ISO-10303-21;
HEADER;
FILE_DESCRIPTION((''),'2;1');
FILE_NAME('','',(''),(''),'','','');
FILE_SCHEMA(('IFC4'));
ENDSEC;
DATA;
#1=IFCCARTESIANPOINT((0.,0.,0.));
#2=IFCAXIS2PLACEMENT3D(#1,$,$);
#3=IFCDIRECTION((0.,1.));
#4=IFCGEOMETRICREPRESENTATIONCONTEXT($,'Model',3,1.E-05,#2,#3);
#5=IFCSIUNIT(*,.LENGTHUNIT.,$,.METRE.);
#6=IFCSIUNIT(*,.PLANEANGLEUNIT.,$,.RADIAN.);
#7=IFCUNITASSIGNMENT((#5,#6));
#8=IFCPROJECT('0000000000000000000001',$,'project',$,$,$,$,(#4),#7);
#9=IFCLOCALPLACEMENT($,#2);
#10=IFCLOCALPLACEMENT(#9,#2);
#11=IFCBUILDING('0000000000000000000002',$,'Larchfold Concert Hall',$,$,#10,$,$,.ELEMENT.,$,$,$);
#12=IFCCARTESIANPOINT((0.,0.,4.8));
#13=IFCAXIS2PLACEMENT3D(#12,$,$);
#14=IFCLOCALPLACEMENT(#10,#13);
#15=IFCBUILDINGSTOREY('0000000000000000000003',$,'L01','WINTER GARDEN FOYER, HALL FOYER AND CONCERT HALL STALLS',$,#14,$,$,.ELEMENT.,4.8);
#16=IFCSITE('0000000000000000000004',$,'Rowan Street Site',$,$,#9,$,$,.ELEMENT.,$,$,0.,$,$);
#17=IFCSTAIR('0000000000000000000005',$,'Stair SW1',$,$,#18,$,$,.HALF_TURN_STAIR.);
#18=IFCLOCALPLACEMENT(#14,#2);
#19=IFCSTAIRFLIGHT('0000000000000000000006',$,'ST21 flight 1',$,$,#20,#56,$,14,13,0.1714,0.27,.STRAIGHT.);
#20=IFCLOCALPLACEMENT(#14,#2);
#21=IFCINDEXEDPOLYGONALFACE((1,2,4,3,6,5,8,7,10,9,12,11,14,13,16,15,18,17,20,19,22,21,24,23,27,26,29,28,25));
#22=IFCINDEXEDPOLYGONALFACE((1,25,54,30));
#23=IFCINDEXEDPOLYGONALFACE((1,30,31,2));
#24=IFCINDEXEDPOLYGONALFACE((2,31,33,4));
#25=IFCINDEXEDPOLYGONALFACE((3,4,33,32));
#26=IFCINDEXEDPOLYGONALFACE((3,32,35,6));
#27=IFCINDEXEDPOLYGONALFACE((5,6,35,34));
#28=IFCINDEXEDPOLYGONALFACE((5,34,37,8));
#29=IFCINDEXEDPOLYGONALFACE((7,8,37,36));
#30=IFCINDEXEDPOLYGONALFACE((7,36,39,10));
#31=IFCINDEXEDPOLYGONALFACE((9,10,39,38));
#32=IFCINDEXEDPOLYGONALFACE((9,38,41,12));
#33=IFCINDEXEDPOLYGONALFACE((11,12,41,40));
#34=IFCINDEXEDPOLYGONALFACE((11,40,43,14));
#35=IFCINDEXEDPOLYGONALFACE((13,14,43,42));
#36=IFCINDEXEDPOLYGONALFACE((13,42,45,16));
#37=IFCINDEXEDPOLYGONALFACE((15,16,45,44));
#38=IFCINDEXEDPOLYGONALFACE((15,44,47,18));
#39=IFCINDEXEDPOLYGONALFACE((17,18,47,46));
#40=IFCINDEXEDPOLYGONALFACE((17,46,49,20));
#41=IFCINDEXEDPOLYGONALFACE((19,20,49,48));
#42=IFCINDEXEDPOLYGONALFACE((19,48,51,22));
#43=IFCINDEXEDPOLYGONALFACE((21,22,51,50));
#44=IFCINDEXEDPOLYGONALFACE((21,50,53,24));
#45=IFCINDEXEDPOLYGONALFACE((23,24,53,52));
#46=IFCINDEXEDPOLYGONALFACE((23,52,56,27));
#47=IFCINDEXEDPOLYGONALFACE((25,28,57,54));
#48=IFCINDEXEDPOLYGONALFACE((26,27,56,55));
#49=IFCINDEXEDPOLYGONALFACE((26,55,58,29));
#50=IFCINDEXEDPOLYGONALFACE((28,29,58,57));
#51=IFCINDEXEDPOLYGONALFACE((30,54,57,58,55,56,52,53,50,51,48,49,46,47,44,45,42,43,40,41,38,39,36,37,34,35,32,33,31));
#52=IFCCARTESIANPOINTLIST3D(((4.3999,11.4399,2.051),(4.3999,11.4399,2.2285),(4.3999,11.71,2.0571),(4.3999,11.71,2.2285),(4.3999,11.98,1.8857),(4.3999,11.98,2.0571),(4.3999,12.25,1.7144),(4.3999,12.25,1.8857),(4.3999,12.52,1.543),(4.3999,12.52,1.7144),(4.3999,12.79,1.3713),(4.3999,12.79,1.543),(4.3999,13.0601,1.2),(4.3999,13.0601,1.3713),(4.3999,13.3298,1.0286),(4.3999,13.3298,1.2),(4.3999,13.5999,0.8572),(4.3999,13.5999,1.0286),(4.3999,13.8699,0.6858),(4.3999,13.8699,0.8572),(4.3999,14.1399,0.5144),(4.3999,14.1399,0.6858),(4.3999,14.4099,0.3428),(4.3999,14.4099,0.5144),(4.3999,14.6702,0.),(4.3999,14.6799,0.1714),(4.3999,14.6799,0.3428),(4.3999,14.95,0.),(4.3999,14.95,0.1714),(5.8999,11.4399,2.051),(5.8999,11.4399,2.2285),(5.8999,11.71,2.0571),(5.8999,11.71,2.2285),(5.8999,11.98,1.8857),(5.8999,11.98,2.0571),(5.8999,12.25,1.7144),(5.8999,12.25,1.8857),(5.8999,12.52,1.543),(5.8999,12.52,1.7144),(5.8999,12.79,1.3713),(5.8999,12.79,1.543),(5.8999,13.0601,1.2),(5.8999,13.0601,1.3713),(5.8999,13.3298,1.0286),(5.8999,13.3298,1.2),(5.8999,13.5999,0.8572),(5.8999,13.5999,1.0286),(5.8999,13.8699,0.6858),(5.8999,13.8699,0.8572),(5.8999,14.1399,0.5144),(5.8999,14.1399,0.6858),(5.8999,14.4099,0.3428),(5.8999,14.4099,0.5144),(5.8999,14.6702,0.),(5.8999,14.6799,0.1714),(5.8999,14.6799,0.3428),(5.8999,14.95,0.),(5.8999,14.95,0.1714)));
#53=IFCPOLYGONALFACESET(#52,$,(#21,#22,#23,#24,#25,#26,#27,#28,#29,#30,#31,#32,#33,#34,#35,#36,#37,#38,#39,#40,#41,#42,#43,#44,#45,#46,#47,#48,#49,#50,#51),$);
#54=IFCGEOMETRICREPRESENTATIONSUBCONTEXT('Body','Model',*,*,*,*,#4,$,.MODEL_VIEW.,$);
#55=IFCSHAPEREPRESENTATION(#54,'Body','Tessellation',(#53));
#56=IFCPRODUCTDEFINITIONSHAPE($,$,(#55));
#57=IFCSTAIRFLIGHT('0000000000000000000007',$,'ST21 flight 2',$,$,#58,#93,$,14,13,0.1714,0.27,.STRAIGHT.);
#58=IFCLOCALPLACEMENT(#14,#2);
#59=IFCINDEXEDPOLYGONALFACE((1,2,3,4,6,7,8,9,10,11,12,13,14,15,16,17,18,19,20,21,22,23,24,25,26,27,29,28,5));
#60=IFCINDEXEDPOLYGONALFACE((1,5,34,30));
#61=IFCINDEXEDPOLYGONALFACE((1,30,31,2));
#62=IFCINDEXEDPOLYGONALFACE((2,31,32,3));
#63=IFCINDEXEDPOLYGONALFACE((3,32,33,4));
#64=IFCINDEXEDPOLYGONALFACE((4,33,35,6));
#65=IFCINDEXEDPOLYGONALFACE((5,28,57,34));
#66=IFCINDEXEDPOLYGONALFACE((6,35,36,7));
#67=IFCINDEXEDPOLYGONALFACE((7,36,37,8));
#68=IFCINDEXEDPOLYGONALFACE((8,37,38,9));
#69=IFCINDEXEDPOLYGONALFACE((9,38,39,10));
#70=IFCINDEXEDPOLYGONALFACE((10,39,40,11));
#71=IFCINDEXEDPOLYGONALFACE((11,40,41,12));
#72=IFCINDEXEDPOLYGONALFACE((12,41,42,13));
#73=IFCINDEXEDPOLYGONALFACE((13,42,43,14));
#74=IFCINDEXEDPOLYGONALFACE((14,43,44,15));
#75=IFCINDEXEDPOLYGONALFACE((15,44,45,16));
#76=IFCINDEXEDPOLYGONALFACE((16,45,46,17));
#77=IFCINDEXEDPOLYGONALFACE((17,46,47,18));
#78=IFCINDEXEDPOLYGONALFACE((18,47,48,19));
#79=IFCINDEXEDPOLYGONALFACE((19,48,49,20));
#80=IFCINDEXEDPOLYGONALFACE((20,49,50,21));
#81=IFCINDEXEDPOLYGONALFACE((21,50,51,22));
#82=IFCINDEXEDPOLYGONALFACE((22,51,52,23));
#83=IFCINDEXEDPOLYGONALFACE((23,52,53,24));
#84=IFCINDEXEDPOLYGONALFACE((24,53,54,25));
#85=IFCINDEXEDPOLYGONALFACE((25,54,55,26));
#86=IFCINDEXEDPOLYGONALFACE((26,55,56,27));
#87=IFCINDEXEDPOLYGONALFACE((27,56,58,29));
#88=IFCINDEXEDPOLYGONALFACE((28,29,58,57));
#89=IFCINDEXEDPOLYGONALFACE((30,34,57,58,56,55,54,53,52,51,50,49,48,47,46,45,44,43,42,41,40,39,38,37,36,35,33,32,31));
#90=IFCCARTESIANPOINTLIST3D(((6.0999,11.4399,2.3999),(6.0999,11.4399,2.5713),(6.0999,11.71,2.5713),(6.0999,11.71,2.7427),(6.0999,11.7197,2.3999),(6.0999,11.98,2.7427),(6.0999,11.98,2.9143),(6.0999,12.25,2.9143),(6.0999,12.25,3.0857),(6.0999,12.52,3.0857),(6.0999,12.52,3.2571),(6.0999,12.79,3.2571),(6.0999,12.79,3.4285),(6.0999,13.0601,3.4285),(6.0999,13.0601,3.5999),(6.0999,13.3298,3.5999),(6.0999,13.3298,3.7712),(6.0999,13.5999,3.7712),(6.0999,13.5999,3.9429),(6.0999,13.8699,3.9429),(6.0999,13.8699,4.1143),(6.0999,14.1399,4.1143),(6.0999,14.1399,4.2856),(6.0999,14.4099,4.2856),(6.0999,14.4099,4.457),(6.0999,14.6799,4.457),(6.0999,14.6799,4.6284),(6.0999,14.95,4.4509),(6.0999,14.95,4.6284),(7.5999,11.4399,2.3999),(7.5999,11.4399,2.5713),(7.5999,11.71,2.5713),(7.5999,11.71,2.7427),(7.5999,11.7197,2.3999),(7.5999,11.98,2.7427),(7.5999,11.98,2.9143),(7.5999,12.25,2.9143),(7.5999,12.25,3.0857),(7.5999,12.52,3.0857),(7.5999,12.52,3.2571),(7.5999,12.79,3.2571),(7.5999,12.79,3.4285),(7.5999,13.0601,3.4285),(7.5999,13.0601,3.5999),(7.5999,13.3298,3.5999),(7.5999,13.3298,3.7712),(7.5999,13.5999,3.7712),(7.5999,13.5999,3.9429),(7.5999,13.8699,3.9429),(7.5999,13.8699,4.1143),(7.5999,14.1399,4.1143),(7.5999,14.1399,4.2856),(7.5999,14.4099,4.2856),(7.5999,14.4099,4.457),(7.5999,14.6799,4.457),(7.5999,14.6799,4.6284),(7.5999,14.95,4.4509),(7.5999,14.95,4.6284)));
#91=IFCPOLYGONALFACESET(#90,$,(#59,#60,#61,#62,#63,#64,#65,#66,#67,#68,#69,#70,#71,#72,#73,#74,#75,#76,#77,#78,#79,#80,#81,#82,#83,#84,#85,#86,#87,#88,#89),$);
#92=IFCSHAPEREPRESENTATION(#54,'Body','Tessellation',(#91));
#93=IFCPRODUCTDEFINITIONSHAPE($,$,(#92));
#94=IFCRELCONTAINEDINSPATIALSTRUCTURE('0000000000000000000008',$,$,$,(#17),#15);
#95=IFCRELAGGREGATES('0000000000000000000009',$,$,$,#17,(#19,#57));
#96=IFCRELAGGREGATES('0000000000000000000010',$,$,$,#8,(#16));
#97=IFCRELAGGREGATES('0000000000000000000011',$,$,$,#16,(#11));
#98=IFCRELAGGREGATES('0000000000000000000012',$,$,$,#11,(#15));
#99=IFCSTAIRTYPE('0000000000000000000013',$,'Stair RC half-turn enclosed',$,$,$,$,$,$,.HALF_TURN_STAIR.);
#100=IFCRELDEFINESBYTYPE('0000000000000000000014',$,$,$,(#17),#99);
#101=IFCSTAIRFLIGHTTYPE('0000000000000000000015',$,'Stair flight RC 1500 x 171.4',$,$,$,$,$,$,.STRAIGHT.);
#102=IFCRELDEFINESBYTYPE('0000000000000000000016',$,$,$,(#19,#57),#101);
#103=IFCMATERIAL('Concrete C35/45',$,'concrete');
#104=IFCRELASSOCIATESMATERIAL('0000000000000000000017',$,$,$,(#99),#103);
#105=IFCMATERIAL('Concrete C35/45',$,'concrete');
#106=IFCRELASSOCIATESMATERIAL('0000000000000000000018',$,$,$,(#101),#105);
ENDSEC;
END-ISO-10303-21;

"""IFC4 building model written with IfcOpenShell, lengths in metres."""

from ifc_helpers import new_model, si_unit, direction, frame, origin, place, context, subcontext, project, spatial, polyline, outline, extrude, material, type_object, element, aggregate, save


model = new_model("IFC4")

# Units and contexts
model_context = context("Model", 3, precision=1e-05, world=origin(), true_north=direction((0.0, 1.0)))
body_context = subcontext(model_context, "Body", "Model", "MODEL_VIEW")
ifc_project = project(units=[si_unit("LENGTHUNIT", "METRE"), si_unit("PLANEANGLEUNIT", "RADIAN")], contexts=[model_context])

# Site, building, storey
site_placement = place(None, origin())
site = spatial("IfcSite", under=ifc_project, at=site_placement, Name="Rowan Street Site", CompositionType="ELEMENT", RefElevation=0.0)
building_placement = place(site_placement, origin())
building = spatial("IfcBuilding", under=site, at=building_placement, Name="Larchfold Concert Hall", CompositionType="ELEMENT")
storey_placement = place(building_placement, frame((0.0, 0.0, 4.8)))
storey = spatial("IfcBuildingStorey", under=building, at=storey_placement, Name="L01", Description="WINTER GARDEN FOYER, HALL FOYER AND CONCERT HALL STALLS", CompositionType="ELEMENT", Elevation=4.8)

# Stair, stair flights
ifc_material_1 = material(Name="Concrete C35/45", Category="concrete")
stair_type = type_object("IfcStairType", Name="Stair RC half-turn enclosed", PredefinedType="HALF_TURN_STAIR", material=ifc_material_1)
stair_placement = place(storey_placement, origin())
stair = element("IfcStair", 1, at=stair_placement, inside=storey, type_object=stair_type, Name="Stair SW1", PredefinedType="HALF_TURN_STAIR")
ifc_material_2 = material(Name="Concrete C35/45", Category="concrete")
stair_flight_type = type_object("IfcStairFlightType", Name="Stair flight RC 1500 x 171.4", PredefinedType="STRAIGHT", material=ifc_material_2)
stair_flight_1_placement = place(storey_placement, frame((5.1499, 14.95, 0.0), z_axis=(0.0, 0.0, 1.0), x_axis=(0.0, -1.0, 0.0)))
stair_flight_1 = element("IfcStairFlight", 2, at=stair_flight_1_placement, type_object=stair_flight_type, Name="ST21 flight 1", NumberOfRisers=14, NumberOfTreads=13, PredefinedType="STRAIGHT", RiserHeight=0.1714, TreadLength=0.27, context=body_context, shape_type="SweptSolid", body=[
    extrude(outline(polyline([(0.0, 0.0), (0.0, 0.1714), (0.27, 0.1714), (0.27, 0.3428), (0.54, 0.3428), (0.54, 0.5144), (0.8101, 0.5144), (0.8101, 0.6858), (1.0801, 0.6858), (1.0801, 0.8572), (1.3501, 0.8572), (1.3501, 1.0286), (1.6201, 1.0286), (1.6201, 1.2), (1.8899, 1.2), (1.8899, 1.3713), (2.1599, 1.3713), (2.1599, 1.543), (2.4299, 1.543), (2.4299, 1.7144), (2.7, 1.7144), (2.7, 1.8857), (2.97, 1.8857), (2.97, 2.0571), (3.24, 2.0571), (3.24, 2.2285), (3.51, 2.2285), (3.51, 2.3999), (3.51, 2.051), (0.2798, 0.0), (0.0, 0.0)])), frame((0.0, 0.75, 0.0), z_axis=(0.0, -1.0, 0.0), x_axis=(1.0, 0.0, 0.0)), (0.0, 0.0, 1.0), 1.5),
])
stair_flight_2_placement = place(storey_placement, frame((6.8499, 11.4399, 2.3999), z_axis=(0.0, 0.0, 1.0), x_axis=(0.0, 1.0, 0.0)))
stair_flight_2 = element("IfcStairFlight", 3, at=stair_flight_2_placement, type_object=stair_flight_type, Name="ST21 flight 2", NumberOfRisers=14, NumberOfTreads=13, PredefinedType="STRAIGHT", RiserHeight=0.1714, TreadLength=0.27, context=body_context, shape_type="SweptSolid", body=[
    extrude(outline(polyline([(0.0, 0.0), (0.0, 0.1714), (0.27, 0.1714), (0.27, 0.3428), (0.54, 0.3428), (0.54, 0.5144), (0.8101, 0.5144), (0.8101, 0.6858), (1.0801, 0.6858), (1.0801, 0.8572), (1.3501, 0.8572), (1.3501, 1.0286), (1.6201, 1.0286), (1.6201, 1.2), (1.8899, 1.2), (1.8899, 1.3713), (2.1599, 1.3713), (2.1599, 1.543), (2.4299, 1.543), (2.4299, 1.7144), (2.7, 1.7144), (2.7, 1.8857), (2.97, 1.8857), (2.97, 2.0571), (3.24, 2.0571), (3.24, 2.2285), (3.51, 2.2285), (3.51, 2.3999), (3.51, 2.051), (0.2798, 0.0), (0.0, 0.0)])), frame((0.0, 0.75, 0.0), z_axis=(0.0, -1.0, 0.0), x_axis=(1.0, 0.0, 0.0)), (0.0, 0.0, 1.0), 1.5),
])
aggregate(stair, [stair_flight_1, stair_flight_2])

save(model, "model.ifc")
